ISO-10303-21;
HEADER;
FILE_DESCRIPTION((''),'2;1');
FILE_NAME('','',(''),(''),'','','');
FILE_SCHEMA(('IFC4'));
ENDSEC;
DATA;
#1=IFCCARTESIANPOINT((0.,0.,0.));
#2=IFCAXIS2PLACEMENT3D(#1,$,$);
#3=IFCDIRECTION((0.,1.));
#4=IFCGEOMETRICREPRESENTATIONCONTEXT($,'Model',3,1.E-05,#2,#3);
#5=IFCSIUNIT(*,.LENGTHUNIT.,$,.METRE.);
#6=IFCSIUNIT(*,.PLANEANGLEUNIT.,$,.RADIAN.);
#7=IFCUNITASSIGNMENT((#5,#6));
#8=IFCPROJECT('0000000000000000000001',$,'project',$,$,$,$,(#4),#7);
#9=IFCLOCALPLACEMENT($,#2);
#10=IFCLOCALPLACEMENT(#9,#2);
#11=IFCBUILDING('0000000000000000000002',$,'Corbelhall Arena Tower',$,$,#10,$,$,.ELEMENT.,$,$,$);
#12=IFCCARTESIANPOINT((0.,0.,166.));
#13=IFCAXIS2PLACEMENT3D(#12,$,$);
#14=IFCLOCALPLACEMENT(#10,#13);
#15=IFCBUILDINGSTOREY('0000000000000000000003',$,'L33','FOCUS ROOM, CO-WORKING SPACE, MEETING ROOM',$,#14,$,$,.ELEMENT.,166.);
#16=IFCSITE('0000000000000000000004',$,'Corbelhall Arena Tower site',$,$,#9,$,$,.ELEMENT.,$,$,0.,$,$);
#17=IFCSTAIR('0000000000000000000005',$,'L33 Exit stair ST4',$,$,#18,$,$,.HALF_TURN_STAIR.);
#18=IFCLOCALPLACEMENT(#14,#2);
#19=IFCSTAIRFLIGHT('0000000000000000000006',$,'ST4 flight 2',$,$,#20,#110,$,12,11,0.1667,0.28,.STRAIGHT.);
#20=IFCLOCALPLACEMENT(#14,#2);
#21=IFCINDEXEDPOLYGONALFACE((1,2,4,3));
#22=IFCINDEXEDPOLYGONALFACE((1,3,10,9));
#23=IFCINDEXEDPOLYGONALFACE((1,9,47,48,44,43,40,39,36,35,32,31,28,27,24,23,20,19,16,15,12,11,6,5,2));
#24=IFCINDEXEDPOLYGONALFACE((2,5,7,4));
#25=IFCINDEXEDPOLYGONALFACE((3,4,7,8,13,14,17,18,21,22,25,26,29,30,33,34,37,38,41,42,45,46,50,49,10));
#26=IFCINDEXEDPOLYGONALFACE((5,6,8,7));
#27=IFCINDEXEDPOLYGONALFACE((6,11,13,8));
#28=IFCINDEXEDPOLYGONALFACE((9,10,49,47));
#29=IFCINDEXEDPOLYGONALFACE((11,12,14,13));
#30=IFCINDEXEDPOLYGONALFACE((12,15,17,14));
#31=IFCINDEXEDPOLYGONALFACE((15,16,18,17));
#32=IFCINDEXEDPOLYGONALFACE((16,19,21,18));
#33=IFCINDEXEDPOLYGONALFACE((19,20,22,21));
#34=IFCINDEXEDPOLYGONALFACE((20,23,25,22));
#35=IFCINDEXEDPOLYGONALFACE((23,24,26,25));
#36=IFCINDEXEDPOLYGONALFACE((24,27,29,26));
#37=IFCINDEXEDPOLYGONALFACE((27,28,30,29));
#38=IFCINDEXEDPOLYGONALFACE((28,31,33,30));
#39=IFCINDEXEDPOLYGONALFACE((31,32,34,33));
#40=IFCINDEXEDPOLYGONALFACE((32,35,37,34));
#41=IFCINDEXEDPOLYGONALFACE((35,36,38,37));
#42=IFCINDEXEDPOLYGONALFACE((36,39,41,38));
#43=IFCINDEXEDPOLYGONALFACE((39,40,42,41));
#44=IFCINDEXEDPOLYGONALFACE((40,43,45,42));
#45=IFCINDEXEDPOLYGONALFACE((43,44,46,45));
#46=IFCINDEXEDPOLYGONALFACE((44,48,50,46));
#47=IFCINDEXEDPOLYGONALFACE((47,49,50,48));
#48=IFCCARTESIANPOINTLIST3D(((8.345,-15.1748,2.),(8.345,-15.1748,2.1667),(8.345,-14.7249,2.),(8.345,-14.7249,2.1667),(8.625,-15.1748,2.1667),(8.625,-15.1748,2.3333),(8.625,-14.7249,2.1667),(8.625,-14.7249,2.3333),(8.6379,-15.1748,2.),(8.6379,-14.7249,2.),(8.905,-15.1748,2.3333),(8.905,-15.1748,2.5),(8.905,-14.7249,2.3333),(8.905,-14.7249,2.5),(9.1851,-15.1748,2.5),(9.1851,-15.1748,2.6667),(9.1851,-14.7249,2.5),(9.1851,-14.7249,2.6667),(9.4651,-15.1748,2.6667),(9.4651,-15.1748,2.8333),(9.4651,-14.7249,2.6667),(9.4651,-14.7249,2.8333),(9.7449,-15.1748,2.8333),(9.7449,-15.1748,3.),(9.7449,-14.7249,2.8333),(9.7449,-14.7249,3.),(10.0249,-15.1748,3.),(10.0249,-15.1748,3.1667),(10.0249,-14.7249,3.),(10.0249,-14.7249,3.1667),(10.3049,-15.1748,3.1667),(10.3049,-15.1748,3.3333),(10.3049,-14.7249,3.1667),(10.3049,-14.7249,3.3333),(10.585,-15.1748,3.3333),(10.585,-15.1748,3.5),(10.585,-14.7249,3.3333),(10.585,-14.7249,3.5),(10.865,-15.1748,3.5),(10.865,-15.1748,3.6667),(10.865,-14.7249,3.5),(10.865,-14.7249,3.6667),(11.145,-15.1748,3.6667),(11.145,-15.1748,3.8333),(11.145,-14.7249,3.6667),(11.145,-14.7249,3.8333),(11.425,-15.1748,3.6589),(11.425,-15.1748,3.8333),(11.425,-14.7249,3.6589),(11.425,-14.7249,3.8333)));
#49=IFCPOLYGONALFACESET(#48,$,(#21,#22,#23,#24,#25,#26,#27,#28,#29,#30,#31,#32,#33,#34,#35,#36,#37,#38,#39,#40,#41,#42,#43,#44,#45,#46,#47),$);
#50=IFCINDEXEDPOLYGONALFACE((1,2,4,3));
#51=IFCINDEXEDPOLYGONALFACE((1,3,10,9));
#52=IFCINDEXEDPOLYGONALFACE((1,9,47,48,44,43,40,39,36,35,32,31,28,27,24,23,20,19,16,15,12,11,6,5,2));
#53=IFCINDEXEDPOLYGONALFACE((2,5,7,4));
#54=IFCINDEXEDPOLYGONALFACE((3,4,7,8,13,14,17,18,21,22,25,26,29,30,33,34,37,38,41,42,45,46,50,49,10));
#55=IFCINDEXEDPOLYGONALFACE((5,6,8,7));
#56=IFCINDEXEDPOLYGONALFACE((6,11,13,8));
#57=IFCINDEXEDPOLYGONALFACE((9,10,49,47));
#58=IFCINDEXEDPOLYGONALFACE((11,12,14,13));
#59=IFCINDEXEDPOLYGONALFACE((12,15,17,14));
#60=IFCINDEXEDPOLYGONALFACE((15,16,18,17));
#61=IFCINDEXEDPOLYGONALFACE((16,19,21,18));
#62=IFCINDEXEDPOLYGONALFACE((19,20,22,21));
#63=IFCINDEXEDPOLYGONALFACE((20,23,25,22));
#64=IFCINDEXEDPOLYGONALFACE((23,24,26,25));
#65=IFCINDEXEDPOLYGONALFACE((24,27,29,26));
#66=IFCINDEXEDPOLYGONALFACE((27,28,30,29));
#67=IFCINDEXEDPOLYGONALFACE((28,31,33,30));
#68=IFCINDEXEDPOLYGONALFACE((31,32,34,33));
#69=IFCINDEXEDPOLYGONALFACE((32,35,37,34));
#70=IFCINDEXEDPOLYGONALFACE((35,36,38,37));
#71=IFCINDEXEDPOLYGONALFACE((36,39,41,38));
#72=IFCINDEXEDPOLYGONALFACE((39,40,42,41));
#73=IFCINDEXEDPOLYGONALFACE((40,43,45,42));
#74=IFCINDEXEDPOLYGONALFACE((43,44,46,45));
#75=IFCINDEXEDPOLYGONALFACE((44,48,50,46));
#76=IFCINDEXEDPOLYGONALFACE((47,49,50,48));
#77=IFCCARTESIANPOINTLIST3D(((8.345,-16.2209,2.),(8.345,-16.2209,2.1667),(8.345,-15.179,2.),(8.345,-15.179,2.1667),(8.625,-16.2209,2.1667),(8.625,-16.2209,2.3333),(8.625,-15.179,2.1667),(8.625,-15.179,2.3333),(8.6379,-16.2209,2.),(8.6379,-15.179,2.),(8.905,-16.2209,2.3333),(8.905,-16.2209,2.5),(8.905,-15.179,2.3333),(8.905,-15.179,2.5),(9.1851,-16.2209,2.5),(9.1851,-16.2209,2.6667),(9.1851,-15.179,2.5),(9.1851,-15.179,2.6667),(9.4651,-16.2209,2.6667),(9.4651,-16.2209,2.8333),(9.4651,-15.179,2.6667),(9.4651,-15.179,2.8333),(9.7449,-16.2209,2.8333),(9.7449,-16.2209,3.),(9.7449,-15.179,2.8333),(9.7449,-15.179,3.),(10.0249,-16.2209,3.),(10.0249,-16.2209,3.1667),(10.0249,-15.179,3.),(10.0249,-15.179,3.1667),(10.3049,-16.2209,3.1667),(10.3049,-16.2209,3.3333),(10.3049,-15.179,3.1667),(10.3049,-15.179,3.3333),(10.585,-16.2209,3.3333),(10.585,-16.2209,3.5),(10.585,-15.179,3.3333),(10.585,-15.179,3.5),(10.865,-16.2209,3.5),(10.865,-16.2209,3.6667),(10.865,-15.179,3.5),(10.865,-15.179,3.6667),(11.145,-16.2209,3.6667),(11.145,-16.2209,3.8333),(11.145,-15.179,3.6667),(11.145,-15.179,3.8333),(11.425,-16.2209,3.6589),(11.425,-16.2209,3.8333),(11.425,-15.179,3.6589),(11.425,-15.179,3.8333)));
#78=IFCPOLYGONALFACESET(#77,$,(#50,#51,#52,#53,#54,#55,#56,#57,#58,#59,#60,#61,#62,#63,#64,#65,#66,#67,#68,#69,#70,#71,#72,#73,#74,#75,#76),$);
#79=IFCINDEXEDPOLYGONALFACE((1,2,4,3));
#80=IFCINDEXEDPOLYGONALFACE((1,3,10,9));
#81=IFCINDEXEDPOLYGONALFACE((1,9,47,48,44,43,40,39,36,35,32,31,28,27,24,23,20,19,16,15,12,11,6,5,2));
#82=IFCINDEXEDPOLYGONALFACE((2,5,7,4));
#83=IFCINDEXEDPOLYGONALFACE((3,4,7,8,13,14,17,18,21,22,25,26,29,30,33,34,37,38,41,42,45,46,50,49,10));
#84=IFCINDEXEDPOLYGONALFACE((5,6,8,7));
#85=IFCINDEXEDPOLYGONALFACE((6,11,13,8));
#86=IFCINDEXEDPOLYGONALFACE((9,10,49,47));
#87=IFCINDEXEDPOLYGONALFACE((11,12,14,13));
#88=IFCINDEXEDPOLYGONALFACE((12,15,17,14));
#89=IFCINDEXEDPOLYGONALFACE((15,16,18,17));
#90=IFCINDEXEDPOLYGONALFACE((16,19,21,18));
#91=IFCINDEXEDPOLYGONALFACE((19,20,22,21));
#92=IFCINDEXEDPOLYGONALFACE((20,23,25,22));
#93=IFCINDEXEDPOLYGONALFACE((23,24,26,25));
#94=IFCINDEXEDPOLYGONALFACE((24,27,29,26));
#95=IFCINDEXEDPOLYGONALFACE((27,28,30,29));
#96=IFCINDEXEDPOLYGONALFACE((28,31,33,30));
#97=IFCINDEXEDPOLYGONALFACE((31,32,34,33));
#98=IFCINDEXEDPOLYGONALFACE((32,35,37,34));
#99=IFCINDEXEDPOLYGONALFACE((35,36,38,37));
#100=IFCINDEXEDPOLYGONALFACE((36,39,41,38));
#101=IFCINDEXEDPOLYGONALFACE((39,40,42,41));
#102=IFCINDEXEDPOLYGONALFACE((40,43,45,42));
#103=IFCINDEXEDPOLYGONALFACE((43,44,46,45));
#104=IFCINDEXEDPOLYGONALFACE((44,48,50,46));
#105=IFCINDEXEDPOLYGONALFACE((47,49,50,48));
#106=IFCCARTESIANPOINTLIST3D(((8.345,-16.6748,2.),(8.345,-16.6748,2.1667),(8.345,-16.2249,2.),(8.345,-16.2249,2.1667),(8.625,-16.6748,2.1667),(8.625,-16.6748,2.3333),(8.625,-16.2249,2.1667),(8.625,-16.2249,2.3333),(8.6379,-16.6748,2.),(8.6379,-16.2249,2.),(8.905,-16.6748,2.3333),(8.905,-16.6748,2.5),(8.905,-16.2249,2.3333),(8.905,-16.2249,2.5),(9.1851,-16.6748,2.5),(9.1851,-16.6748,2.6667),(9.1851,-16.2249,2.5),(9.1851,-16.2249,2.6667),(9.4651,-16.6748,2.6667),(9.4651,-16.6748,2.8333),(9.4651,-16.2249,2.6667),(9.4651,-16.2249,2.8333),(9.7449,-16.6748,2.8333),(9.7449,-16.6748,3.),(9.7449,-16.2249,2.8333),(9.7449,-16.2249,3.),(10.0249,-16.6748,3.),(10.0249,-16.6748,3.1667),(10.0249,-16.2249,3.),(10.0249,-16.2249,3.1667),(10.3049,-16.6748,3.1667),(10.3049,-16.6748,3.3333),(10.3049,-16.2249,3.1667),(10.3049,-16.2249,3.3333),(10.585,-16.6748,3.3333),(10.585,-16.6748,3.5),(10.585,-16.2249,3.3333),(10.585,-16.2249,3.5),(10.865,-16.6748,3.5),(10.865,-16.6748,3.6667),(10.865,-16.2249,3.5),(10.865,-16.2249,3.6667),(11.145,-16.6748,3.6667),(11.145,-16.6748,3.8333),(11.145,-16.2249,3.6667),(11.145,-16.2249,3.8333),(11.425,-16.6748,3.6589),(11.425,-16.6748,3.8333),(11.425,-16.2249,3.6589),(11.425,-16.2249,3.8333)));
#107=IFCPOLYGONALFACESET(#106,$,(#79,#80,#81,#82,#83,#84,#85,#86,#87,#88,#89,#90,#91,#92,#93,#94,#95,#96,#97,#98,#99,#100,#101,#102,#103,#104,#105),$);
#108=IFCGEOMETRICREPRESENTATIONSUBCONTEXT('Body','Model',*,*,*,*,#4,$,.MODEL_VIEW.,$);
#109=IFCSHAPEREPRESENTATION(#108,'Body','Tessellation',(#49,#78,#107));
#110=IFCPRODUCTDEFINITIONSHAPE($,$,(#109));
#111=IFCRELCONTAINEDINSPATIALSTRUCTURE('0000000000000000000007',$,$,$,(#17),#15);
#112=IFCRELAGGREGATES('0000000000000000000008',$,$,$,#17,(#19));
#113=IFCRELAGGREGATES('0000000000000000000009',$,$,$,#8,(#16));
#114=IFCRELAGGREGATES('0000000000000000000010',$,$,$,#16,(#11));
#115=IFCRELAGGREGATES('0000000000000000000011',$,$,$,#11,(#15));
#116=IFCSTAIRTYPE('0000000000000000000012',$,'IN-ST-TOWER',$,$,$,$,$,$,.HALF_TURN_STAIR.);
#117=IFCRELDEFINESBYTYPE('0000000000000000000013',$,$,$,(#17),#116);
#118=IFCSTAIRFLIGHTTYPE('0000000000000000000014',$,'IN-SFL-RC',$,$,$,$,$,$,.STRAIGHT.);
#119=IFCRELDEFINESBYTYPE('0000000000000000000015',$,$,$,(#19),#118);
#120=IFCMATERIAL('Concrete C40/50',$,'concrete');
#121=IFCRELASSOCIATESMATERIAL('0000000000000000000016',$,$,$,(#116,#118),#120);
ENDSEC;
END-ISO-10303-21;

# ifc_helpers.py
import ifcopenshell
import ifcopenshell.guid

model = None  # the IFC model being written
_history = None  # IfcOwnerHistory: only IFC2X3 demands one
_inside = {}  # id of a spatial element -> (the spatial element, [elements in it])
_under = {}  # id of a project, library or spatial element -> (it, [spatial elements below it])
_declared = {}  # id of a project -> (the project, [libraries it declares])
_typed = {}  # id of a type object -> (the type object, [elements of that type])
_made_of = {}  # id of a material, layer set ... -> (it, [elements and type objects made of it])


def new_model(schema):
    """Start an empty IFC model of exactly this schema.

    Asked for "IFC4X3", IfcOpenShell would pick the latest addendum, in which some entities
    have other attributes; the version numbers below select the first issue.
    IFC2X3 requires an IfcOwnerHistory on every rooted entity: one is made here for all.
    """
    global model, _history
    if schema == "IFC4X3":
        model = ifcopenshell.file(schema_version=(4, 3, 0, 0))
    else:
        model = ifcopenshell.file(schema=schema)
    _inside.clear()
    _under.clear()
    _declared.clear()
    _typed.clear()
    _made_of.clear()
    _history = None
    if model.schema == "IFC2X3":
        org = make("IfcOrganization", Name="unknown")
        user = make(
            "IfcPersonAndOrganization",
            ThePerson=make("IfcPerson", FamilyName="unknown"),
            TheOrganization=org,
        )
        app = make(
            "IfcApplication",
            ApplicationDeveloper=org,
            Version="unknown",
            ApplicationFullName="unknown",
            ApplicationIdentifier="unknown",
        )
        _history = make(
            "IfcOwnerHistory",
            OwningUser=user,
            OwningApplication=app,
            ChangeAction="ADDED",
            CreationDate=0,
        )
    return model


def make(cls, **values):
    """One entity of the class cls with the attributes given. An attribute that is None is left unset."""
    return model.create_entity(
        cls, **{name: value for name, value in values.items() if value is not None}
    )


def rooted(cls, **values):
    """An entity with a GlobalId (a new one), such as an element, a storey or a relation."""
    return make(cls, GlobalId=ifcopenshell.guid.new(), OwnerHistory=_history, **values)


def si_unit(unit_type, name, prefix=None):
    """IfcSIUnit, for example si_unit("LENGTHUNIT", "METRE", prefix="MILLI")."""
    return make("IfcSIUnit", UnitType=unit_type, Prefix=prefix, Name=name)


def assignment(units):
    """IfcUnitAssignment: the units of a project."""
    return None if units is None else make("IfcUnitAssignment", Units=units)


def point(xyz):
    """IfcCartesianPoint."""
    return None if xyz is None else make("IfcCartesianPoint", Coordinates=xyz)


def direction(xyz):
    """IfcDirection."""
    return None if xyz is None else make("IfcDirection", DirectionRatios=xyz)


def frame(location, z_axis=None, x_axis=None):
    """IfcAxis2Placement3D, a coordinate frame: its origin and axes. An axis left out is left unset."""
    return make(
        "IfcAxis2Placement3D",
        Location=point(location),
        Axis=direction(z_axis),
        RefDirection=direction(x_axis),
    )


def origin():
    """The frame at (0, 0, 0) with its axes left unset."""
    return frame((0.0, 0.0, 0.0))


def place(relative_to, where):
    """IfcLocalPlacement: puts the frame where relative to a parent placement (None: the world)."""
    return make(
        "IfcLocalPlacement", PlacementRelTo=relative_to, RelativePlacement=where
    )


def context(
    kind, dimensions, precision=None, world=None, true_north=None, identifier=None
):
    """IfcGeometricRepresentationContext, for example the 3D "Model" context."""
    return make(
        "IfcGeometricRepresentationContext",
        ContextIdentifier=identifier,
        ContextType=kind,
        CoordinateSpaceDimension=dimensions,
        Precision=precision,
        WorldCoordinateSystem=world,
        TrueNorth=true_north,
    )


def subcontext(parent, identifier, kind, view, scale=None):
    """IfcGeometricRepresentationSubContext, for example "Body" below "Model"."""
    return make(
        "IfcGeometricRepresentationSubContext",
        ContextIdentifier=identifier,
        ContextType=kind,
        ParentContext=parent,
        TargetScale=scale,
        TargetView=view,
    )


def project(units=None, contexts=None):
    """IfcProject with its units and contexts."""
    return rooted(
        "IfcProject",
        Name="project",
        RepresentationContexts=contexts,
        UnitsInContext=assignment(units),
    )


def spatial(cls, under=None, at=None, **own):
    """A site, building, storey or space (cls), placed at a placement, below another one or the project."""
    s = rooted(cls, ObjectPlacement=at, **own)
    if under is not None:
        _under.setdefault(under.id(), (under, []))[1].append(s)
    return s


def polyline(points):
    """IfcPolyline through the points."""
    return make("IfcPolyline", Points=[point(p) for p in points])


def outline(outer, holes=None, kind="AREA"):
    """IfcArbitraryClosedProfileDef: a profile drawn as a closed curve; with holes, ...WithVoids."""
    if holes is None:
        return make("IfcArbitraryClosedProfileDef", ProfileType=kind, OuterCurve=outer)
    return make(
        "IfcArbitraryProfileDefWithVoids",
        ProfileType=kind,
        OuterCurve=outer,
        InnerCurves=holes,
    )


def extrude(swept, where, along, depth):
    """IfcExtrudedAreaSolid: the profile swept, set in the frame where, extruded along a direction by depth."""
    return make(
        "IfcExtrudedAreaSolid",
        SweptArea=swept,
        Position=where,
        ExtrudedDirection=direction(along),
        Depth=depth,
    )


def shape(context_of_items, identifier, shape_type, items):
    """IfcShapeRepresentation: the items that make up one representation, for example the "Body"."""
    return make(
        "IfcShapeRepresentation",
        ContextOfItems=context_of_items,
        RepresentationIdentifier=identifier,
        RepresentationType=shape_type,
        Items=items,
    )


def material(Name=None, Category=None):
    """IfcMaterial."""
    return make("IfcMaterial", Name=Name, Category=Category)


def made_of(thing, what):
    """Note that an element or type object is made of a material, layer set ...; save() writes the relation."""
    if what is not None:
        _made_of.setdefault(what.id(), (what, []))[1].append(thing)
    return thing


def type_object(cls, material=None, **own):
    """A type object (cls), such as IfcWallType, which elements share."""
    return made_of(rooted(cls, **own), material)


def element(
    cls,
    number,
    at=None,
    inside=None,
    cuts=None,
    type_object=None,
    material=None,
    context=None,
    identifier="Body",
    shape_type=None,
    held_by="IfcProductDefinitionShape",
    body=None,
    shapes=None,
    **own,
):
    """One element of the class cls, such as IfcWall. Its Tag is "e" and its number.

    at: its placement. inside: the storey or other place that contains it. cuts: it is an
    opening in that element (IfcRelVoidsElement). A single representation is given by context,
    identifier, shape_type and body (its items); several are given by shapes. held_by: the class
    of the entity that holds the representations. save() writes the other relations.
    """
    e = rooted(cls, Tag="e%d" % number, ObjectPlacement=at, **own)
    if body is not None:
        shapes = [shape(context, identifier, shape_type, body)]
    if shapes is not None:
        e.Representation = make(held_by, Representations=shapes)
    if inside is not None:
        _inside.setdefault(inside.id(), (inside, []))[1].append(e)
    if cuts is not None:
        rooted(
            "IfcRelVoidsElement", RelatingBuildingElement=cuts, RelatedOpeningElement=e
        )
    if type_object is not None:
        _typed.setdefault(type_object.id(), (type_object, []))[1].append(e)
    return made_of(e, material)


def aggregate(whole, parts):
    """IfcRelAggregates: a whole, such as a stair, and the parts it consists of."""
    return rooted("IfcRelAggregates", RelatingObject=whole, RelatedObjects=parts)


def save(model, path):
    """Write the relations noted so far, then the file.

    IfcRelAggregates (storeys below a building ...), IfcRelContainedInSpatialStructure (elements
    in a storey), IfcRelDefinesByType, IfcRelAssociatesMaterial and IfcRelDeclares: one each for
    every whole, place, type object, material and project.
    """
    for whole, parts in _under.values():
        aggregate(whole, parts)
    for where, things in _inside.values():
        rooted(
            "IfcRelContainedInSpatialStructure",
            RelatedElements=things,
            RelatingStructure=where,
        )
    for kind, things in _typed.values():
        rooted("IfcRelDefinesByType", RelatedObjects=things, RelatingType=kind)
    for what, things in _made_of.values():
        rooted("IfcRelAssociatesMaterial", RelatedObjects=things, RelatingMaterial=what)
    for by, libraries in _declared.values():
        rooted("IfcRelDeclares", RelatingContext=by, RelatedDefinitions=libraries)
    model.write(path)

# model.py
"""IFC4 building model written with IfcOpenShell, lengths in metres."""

from ifc_helpers import new_model, si_unit, direction, frame, origin, place, context, subcontext, project, spatial, polyline, outline, extrude, material, type_object, element, aggregate, save


model = new_model("IFC4")

# Units and contexts
model_context = context("Model", 3, precision=1e-05, world=origin(), true_north=direction((0.0, 1.0)))
body_context = subcontext(model_context, "Body", "Model", "MODEL_VIEW")
ifc_project = project(units=[si_unit("LENGTHUNIT", "METRE"), si_unit("PLANEANGLEUNIT", "RADIAN")], contexts=[model_context])

# Site, building, storey
site_placement = place(None, origin())
site = spatial("IfcSite", under=ifc_project, at=site_placement, Name="Corbelhall Arena Tower site", CompositionType="ELEMENT", RefElevation=0.0)
building_placement = place(site_placement, origin())
building = spatial("IfcBuilding", under=site, at=building_placement, Name="Corbelhall Arena Tower", CompositionType="ELEMENT")
storey_placement = place(building_placement, frame((0.0, 0.0, 166.0)))
storey = spatial("IfcBuildingStorey", under=building, at=storey_placement, Name="L33", Description="FOCUS ROOM, CO-WORKING SPACE, MEETING ROOM", CompositionType="ELEMENT", Elevation=166.0)

# Shared definitions
ifc_material_1 = material(Name="Concrete C40/50", Category="concrete")

# Stair, stair flight
stair_type = type_object("IfcStairType", Name="IN-ST-TOWER", PredefinedType="HALF_TURN_STAIR", material=ifc_material_1)
stair_placement = place(storey_placement, origin())
stair = element("IfcStair", 1, at=stair_placement, inside=storey, type_object=stair_type, Name="L33 Exit stair ST4", PredefinedType="HALF_TURN_STAIR")
stair_flight_type = type_object("IfcStairFlightType", Name="IN-SFL-RC", PredefinedType="STRAIGHT", material=ifc_material_1)
stair_flight_placement = place(storey_placement, frame((8.345, -15.7, 2.0), z_axis=(0.0, 0.0, 1.0), x_axis=(1.0, 0.0, 0.0)))
stair_flight = element("IfcStairFlight", 2, at=stair_flight_placement, type_object=stair_flight_type, Name="ST4 flight 2", NumberOfRisers=12, NumberOfTreads=11, PredefinedType="STRAIGHT", RiserHeight=0.1667, TreadLength=0.28, context=body_context, shape_type="SweptSolid", body=[
    extrude(outline(polyline([(0.0, 0.0), (0.0, 0.1667), (0.28, 0.1667), (0.28, 0.3333), (0.5601, 0.3333), (0.5601, 0.5), (0.8401, 0.5), (0.8401, 0.6667), (1.1201, 0.6667), (1.1201, 0.8333), (1.3999, 0.8333), (1.3999, 1.0), (1.6799, 1.0), (1.6799, 1.1667), (1.96, 1.1667), (1.96, 1.3333), (2.24, 1.3333), (2.24, 1.5), (2.52, 1.5), (2.52, 1.6667), (2.8, 1.6667), (2.8, 1.8333), (3.0801, 1.8333), (3.0801, 2.0), (3.0801, 1.6589), (0.293, 0.0), (0.0, 0.0)])), frame((0.0, 0.9751, 0.0), z_axis=(0.0, -1.0, 0.0), x_axis=(1.0, 0.0, 0.0)), (0.0, 0.0, 1.0), 0.45),
    extrude(outline(polyline([(0.0, 0.0), (0.0, 0.1667), (0.28, 0.1667), (0.28, 0.3333), (0.5601, 0.3333), (0.5601, 0.5), (0.8401, 0.5), (0.8401, 0.6667), (1.1201, 0.6667), (1.1201, 0.8333), (1.3999, 0.8333), (1.3999, 1.0), (1.6799, 1.0), (1.6799, 1.1667), (1.96, 1.1667), (1.96, 1.3333), (2.24, 1.3333), (2.24, 1.5), (2.52, 1.5), (2.52, 1.6667), (2.8, 1.6667), (2.8, 1.8333), (3.0801, 1.8333), (3.0801, 2.0), (3.0801, 1.6589), (0.293, 0.0), (0.0, 0.0)])), frame((0.0, 0.521, 0.0), z_axis=(0.0, -1.0, 0.0), x_axis=(1.0, 0.0, 0.0)), (0.0, 0.0, 1.0), 1.042),
    extrude(outline(polyline([(0.0, 0.0), (0.0, 0.1667), (0.28, 0.1667), (0.28, 0.3333), (0.5601, 0.3333), (0.5601, 0.5), (0.8401, 0.5), (0.8401, 0.6667), (1.1201, 0.6667), (1.1201, 0.8333), (1.3999, 0.8333), (1.3999, 1.0), (1.6799, 1.0), (1.6799, 1.1667), (1.96, 1.1667), (1.96, 1.3333), (2.24, 1.3333), (2.24, 1.5), (2.52, 1.5), (2.52, 1.6667), (2.8, 1.6667), (2.8, 1.8333), (3.0801, 1.8333), (3.0801, 2.0), (3.0801, 1.6589), (0.293, 0.0), (0.0, 0.0)])), frame((0.0, -0.5249, 0.0), z_axis=(0.0, -1.0, 0.0), x_axis=(1.0, 0.0, 0.0)), (0.0, 0.0, 1.0), 0.45),
])
aggregate(stair, [stair_flight])

save(model, "model.ifc")
